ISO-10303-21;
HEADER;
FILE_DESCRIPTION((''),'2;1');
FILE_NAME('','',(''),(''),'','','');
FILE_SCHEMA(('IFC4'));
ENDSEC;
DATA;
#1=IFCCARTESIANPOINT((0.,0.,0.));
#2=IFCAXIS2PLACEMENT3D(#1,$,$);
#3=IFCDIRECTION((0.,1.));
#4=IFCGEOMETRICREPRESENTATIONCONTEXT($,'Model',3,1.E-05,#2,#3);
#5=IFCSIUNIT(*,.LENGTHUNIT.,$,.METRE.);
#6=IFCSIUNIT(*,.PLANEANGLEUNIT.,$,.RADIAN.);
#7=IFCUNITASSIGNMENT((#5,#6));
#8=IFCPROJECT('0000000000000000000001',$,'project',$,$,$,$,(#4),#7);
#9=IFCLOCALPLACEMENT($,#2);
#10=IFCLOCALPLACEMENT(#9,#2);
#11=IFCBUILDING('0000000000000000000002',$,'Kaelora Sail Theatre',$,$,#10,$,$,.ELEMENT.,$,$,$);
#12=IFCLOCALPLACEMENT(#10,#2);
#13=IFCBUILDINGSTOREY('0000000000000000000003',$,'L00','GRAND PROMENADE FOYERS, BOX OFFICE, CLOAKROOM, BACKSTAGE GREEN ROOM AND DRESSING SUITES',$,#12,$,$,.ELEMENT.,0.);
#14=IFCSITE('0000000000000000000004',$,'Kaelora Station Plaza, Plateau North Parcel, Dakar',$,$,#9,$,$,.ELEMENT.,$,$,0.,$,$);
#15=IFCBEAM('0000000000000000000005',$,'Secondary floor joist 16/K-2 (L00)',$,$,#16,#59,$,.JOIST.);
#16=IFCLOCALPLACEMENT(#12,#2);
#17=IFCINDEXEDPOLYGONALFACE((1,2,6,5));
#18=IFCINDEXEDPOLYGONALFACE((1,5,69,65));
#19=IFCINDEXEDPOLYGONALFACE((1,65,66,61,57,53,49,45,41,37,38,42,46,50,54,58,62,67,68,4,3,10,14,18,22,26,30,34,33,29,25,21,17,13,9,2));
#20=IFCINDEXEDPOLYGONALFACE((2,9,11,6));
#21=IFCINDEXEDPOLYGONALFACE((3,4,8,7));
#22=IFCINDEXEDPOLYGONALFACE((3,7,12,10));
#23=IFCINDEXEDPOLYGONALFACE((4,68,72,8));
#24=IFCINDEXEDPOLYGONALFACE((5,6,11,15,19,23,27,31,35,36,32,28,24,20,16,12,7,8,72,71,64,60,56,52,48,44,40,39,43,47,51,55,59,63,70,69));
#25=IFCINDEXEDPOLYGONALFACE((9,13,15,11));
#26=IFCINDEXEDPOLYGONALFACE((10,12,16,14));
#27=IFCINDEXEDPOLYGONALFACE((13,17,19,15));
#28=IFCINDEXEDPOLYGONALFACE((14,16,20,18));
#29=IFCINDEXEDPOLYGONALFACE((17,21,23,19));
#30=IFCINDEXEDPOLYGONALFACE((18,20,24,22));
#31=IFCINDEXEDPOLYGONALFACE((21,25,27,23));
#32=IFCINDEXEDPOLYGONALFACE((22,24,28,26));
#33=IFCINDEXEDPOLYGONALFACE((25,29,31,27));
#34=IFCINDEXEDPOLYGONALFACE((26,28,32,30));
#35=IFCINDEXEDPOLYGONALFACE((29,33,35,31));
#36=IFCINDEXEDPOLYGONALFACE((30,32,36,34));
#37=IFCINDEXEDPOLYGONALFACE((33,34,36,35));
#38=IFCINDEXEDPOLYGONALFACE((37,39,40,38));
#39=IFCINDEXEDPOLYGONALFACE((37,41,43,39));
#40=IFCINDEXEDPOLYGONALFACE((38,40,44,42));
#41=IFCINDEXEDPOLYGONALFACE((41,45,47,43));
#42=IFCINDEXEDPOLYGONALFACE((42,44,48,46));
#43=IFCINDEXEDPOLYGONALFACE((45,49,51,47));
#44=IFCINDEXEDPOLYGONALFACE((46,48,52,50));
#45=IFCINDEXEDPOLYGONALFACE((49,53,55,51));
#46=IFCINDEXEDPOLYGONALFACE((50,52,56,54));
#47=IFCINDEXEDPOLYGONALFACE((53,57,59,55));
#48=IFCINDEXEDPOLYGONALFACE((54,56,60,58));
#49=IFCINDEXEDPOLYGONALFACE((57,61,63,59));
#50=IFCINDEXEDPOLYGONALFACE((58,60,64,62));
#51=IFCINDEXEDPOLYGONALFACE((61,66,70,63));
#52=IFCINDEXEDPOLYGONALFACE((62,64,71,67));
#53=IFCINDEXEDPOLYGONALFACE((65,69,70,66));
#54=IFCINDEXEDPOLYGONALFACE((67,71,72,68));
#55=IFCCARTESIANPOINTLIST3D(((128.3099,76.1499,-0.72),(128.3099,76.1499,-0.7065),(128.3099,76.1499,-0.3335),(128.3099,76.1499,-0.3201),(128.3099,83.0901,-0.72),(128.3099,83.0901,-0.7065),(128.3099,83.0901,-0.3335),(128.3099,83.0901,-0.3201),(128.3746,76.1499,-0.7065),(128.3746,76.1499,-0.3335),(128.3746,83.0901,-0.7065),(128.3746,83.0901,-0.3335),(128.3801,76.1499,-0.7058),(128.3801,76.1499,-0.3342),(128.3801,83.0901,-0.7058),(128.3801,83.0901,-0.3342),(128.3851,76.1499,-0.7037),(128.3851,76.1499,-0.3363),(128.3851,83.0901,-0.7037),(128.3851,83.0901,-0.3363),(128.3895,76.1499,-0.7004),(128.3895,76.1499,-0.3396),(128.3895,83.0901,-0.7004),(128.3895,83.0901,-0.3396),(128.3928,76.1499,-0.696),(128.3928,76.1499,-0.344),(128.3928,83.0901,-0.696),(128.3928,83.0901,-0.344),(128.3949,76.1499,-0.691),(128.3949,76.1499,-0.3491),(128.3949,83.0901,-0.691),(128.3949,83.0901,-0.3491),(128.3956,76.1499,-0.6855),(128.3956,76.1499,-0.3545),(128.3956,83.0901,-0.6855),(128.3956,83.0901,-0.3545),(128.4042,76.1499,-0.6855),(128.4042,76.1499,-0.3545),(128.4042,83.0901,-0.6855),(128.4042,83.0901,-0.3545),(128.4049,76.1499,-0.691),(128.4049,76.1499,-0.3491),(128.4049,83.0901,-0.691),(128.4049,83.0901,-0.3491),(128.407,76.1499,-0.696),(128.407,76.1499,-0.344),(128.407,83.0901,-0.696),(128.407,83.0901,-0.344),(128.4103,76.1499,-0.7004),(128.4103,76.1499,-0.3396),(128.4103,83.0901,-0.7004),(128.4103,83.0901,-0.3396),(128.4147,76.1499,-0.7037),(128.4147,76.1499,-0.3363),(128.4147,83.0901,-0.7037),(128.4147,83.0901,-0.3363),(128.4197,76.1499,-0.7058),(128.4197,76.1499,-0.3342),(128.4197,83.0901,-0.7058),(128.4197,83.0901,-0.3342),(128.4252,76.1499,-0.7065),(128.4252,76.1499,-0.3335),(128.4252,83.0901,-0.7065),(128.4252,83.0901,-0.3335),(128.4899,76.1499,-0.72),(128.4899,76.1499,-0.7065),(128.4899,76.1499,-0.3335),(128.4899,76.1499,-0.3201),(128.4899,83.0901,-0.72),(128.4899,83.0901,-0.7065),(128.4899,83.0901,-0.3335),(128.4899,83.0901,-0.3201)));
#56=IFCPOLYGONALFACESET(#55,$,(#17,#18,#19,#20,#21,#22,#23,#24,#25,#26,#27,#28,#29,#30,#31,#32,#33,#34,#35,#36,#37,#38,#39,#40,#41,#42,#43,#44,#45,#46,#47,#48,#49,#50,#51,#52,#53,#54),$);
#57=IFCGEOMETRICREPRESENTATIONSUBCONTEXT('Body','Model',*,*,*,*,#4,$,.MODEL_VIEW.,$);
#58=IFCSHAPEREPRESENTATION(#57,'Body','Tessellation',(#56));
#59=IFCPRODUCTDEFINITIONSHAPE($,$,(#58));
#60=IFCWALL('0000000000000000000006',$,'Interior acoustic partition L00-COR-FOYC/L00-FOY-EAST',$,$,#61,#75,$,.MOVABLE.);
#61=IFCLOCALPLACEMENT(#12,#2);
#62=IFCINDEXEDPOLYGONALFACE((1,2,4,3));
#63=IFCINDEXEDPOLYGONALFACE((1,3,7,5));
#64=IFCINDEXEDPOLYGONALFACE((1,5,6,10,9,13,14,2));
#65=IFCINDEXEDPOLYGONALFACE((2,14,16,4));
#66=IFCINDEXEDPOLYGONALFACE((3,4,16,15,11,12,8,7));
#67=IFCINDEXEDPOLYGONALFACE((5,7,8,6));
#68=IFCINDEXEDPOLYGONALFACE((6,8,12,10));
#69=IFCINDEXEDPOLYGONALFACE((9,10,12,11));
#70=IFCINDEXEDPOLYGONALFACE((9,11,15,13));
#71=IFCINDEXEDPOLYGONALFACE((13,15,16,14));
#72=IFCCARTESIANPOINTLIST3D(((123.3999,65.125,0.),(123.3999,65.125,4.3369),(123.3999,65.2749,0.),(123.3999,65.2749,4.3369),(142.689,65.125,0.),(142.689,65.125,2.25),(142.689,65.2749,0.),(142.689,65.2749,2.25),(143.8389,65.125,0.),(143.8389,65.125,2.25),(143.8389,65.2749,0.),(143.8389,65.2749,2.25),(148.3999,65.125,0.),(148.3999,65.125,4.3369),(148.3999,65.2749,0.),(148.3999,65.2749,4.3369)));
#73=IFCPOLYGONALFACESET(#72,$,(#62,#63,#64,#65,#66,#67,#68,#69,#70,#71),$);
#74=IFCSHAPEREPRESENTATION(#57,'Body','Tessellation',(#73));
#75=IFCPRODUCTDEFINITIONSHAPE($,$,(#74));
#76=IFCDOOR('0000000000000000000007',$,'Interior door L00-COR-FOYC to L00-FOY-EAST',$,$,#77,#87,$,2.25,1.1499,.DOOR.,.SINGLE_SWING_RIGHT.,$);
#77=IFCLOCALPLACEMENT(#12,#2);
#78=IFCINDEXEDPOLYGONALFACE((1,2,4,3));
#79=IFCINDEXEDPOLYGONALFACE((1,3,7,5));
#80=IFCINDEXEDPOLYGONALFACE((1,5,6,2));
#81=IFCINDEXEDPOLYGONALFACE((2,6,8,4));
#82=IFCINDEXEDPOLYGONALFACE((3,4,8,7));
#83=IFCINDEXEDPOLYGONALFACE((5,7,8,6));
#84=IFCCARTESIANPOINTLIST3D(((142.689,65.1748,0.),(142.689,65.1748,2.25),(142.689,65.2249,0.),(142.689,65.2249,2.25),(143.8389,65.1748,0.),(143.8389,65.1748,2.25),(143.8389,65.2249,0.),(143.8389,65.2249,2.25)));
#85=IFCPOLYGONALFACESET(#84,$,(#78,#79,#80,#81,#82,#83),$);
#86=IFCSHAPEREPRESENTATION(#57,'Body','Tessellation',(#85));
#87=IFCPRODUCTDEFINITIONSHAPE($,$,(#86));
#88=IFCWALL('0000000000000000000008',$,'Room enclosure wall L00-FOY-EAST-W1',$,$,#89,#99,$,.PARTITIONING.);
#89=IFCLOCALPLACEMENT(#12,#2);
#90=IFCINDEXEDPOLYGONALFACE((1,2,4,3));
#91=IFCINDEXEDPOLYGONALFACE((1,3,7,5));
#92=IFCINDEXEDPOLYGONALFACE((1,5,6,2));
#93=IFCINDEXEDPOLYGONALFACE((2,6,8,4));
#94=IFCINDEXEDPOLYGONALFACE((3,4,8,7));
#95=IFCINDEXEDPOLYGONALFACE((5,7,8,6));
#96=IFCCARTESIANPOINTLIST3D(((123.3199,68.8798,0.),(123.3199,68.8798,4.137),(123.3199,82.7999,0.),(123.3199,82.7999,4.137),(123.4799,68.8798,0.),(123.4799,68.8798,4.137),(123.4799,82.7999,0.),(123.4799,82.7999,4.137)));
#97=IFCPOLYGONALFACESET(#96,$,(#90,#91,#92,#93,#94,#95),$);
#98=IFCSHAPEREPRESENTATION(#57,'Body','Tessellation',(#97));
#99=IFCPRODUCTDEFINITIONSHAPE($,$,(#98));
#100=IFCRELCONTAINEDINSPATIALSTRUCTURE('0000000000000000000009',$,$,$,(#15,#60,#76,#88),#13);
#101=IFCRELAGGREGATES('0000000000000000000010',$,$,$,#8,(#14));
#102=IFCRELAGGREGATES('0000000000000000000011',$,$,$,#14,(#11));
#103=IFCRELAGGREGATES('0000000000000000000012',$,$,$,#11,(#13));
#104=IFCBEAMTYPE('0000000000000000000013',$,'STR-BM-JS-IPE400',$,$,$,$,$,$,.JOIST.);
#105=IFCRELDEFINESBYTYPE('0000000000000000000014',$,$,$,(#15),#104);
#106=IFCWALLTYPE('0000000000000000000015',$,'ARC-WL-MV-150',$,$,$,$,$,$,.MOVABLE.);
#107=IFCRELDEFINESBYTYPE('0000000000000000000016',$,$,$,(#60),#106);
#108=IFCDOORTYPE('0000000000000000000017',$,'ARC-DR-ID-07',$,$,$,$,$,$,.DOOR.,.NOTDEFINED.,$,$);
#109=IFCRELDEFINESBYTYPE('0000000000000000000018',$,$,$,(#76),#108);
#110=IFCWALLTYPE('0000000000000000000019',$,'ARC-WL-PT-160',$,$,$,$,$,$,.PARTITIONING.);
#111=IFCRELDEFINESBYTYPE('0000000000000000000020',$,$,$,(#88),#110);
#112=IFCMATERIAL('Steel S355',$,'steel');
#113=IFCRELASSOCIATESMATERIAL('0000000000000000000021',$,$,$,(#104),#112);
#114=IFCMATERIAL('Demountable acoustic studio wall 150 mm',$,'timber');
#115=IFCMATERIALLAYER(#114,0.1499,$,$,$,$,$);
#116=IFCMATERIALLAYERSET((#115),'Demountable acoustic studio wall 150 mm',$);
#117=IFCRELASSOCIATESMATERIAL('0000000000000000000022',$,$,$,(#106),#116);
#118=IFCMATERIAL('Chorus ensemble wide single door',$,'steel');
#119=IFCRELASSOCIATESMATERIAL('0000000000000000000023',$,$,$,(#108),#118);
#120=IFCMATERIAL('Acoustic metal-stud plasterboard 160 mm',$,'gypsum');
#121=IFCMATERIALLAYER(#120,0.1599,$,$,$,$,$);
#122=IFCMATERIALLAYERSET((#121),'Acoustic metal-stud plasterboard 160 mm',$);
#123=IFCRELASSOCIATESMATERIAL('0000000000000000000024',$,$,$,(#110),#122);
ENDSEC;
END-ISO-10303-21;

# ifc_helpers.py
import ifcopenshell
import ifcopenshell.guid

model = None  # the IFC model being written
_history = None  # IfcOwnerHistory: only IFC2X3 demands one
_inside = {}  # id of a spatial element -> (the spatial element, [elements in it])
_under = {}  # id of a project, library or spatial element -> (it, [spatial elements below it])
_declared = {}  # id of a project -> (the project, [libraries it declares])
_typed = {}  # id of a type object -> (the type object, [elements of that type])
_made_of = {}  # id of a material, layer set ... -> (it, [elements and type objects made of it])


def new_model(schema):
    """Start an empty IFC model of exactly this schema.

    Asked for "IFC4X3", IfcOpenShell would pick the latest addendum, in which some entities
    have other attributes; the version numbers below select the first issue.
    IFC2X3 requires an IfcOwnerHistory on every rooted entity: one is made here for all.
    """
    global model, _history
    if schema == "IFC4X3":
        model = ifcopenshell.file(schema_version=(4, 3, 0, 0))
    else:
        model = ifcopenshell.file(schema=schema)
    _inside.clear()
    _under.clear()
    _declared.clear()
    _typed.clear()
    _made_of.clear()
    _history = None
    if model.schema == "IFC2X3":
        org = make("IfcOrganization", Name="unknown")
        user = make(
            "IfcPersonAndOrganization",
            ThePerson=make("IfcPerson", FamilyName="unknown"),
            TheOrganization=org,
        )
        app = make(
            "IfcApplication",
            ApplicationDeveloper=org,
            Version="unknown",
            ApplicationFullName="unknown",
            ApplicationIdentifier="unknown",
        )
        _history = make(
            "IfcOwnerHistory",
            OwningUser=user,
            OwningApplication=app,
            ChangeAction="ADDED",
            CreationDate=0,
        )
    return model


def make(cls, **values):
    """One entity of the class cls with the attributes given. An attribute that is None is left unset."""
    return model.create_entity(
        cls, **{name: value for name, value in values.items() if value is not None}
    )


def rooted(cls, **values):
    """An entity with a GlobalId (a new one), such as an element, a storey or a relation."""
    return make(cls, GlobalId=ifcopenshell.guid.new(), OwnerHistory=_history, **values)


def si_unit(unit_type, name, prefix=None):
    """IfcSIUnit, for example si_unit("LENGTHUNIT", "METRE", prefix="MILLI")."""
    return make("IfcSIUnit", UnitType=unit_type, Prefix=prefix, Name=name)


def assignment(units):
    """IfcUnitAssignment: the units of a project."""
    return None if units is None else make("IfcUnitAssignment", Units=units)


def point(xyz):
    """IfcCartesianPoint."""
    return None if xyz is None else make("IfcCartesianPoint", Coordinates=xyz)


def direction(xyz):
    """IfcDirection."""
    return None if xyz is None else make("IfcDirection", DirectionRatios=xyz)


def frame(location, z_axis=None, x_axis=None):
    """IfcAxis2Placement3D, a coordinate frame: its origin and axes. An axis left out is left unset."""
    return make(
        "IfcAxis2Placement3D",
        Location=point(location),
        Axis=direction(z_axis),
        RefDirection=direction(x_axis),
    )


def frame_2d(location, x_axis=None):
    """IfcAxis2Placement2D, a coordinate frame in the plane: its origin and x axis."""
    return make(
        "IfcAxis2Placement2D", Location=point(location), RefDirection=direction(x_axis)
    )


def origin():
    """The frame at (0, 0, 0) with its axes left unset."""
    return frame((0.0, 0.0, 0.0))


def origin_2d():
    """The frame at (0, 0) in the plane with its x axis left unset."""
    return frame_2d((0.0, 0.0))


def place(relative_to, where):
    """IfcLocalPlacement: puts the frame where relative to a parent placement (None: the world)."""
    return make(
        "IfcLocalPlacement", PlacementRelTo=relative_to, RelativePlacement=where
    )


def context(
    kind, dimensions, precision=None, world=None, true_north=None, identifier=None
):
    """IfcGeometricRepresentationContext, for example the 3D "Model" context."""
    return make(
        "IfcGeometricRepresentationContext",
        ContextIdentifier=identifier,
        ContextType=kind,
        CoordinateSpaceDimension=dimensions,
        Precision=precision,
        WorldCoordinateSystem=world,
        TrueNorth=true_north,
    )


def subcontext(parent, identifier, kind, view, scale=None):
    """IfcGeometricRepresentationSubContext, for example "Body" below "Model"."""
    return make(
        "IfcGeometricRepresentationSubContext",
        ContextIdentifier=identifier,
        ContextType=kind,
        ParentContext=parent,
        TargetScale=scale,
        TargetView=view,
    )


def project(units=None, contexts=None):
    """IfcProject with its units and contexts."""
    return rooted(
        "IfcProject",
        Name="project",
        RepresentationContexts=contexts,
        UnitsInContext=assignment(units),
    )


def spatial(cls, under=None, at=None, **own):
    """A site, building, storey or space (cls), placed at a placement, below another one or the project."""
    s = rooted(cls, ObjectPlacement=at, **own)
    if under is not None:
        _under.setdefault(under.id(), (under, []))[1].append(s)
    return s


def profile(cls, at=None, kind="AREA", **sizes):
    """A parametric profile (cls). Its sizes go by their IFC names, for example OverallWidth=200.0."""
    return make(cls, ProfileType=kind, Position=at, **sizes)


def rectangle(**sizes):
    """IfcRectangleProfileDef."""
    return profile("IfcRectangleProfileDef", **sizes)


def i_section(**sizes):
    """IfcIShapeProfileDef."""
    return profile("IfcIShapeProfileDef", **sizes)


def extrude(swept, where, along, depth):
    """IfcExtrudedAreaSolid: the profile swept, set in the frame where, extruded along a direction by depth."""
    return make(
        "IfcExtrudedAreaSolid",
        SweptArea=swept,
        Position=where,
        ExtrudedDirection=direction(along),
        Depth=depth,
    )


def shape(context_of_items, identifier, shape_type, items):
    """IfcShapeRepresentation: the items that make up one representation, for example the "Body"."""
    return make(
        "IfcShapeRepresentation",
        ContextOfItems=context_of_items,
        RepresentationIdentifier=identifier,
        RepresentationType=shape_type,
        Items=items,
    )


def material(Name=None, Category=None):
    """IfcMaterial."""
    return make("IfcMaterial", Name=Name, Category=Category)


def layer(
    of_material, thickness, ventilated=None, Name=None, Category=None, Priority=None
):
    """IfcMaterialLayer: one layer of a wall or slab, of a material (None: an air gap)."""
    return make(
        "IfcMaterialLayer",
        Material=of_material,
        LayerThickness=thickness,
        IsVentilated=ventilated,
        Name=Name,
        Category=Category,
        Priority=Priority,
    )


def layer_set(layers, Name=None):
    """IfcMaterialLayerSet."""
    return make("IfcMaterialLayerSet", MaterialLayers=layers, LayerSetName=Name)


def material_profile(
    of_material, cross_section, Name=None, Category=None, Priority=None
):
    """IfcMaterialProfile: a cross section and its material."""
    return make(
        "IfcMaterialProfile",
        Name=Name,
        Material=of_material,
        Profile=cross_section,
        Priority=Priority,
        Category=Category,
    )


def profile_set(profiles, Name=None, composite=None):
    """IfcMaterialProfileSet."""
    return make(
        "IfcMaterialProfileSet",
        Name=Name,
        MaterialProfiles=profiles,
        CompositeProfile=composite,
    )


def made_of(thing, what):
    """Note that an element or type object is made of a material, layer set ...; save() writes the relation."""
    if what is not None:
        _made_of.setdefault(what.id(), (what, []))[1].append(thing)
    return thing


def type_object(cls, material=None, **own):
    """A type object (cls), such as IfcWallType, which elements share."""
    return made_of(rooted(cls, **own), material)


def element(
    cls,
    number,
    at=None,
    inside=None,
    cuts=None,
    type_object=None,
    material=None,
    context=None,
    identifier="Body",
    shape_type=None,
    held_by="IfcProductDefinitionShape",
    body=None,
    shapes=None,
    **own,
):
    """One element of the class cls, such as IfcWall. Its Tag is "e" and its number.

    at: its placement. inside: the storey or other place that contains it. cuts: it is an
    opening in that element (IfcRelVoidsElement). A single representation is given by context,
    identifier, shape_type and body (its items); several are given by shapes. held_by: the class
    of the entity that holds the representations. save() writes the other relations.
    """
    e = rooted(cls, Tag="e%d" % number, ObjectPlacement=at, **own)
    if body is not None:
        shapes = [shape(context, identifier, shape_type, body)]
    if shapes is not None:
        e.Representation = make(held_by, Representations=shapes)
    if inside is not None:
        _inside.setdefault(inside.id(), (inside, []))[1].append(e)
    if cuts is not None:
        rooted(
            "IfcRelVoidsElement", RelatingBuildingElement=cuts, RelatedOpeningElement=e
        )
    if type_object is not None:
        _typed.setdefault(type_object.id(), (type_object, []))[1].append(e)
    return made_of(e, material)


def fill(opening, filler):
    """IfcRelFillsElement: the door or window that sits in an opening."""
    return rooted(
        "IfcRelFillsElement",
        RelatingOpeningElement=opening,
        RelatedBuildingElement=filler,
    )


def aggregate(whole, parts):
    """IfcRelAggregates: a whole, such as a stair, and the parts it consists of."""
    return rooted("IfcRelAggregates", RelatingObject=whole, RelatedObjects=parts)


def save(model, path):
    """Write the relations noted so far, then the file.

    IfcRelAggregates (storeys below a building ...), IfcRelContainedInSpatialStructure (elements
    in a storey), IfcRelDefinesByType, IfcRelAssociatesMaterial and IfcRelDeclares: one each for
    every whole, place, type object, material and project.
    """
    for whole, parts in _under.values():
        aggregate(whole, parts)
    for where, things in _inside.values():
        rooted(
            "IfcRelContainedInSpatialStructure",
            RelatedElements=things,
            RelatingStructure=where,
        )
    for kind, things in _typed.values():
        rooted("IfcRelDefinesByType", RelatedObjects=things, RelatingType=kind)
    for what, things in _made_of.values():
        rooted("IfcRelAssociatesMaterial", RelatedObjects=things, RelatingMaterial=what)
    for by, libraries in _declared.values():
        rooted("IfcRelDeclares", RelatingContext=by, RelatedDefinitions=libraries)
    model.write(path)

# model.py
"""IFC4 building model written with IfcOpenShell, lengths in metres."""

from ifc_helpers import new_model, si_unit, direction, frame, frame_2d, origin, origin_2d, place, context, subcontext, project, spatial, rectangle, i_section, extrude, material, layer, layer_set, material_profile, profile_set, type_object, element, fill, save


model = new_model("IFC4")

# Units and contexts
model_context = context("Model", 3, precision=1e-05, world=origin(), true_north=direction((0.0, 1.0)))
body_context = subcontext(model_context, "Body", "Model", "MODEL_VIEW")
ifc_project = project(units=[si_unit("LENGTHUNIT", "METRE"), si_unit("PLANEANGLEUNIT", "RADIAN")], contexts=[model_context])

# Site, building, storey
site_placement = place(None, origin())
site = spatial("IfcSite", under=ifc_project, at=site_placement, Name="Kaelora Station Plaza, Plateau North Parcel, Dakar", CompositionType="ELEMENT", RefElevation=0.0)
building_placement = place(site_placement, origin())
building = spatial("IfcBuilding", under=site, at=building_placement, Name="Kaelora Sail Theatre", CompositionType="ELEMENT")
storey_placement = place(building_placement, origin())
storey = spatial("IfcBuildingStorey", under=building, at=storey_placement, Name="L00", Description="GRAND PROMENADE FOYERS, BOX OFFICE, CLOAKROOM, BACKSTAGE GREEN ROOM AND DRESSING SUITES", CompositionType="ELEMENT", Elevation=0.0)

# Beam
ifc_material_1 = material(Name="Steel S355", Category="steel")
ifc_material_profile_1 = material_profile(ifc_material_1, i_section(OverallWidth=0.1799, OverallDepth=0.3999, WebThickness=0.0085, FlangeThickness=0.0134, FilletRadius=0.021, at=origin_2d()), Name="IPE 400")
ifc_profile_set_1 = profile_set([ifc_material_profile_1], Name="Steel S355")
beam_type_1 = type_object("IfcBeamType", Name="STR-BM-JS-IPE400", PredefinedType="JOIST", material=ifc_profile_set_1)
beam_1_placement = place(storey_placement, frame((128.3999, 76.1499, -0.52), z_axis=(0.0, 1.0, 0.0), x_axis=(-1.0, 0.0, 0.0)))
element("IfcBeam", 1, at=beam_1_placement, inside=storey, type_object=beam_type_1, Name="Secondary floor joist 16/K-2 (L00)", PredefinedType="JOIST", context=body_context, shape_type="SweptSolid", body=[
    extrude(i_section(OverallWidth=0.1799, OverallDepth=0.3999, WebThickness=0.0085, FlangeThickness=0.0134, FilletRadius=0.021, at=origin_2d()), origin(), (0.0, 0.0, 1.0), 6.9402),
])

# Wall, opening, door
ifc_material_2 = material(Name="Demountable acoustic studio wall 150 mm", Category="timber")
ifc_layer_1 = layer(ifc_material_2, 0.1499)
ifc_layer_set_1 = layer_set([ifc_layer_1], Name="Demountable acoustic studio wall 150 mm")
wall_type_1 = type_object("IfcWallType", Name="ARC-WL-MV-150", PredefinedType="MOVABLE", material=ifc_layer_set_1)
wall_1_placement = place(storey_placement, frame((123.3999, 65.2, 0.0), z_axis=(0.0, 0.0, 1.0), x_axis=(1.0, 0.0, 0.0)))
wall_1 = element("IfcWall", 2, at=wall_1_placement, inside=storey, type_object=wall_type_1, Name="Interior acoustic partition L00-COR-FOYC/L00-FOY-EAST", PredefinedType="MOVABLE", context=body_context, shape_type="SweptSolid", body=[
    extrude(rectangle(XDim=25.0, YDim=0.1499, at=frame_2d((12.5, 0.0))), origin(), (0.0, 0.0, 1.0), 4.3369),
])
opening_placement = place(wall_1_placement, frame((19.2891, 0.0, 0.0)))
opening = element("IfcOpeningElement", 3, at=opening_placement, cuts=wall_1, PredefinedType="OPENING", context=body_context, shape_type="SweptSolid", body=[
    extrude(rectangle(XDim=1.1499, YDim=2.25, at=frame_2d((0.575, 1.125))), frame((0.0, 0.085, 0.0), z_axis=(0.0, -1.0, 0.0), x_axis=(1.0, 0.0, 0.0)), (0.0, 0.0, 1.0), 0.1699),
])
ifc_material_3 = material(Name="Chorus ensemble wide single door", Category="steel")
door_type = type_object("IfcDoorType", Name="ARC-DR-ID-07", OperationType="NOTDEFINED", PredefinedType="DOOR", material=ifc_material_3)
door_placement = place(opening_placement, origin())
door = element("IfcDoor", 4, at=door_placement, inside=storey, type_object=door_type, Name="Interior door L00-COR-FOYC to L00-FOY-EAST", OperationType="SINGLE_SWING_RIGHT", OverallHeight=2.25, OverallWidth=1.1499, PredefinedType="DOOR", context=body_context, shape_type="SweptSolid", body=[
    extrude(rectangle(XDim=1.1499, YDim=2.25, at=frame_2d((0.575, 1.125))), frame((0.0, 0.0249, 0.0), z_axis=(0.0, -1.0, 0.0), x_axis=(1.0, 0.0, 0.0)), (0.0, 0.0, 1.0), 0.05),
])
fill(opening, door)

# Wall
ifc_material_4 = material(Name="Acoustic metal-stud plasterboard 160 mm", Category="gypsum")
ifc_layer_2 = layer(ifc_material_4, 0.1599)
ifc_layer_set_2 = layer_set([ifc_layer_2], Name="Acoustic metal-stud plasterboard 160 mm")
wall_type_2 = type_object("IfcWallType", Name="ARC-WL-PT-160", PredefinedType="PARTITIONING", material=ifc_layer_set_2)
wall_2_placement = place(storey_placement, frame((123.3999, 68.8799, 0.0), z_axis=(0.0, 0.0, 1.0), x_axis=(0.0, 1.0, 0.0)))
element("IfcWall", 5, at=wall_2_placement, inside=storey, type_object=wall_type_2, Name="Room enclosure wall L00-FOY-EAST-W1", PredefinedType="PARTITIONING", context=body_context, shape_type="SweptSolid", body=[
    extrude(rectangle(XDim=13.9202, YDim=0.1599, at=frame_2d((6.96, 0.0))), origin(), (0.0, 0.0, 1.0), 4.137),
])

save(model, "model.ifc")
